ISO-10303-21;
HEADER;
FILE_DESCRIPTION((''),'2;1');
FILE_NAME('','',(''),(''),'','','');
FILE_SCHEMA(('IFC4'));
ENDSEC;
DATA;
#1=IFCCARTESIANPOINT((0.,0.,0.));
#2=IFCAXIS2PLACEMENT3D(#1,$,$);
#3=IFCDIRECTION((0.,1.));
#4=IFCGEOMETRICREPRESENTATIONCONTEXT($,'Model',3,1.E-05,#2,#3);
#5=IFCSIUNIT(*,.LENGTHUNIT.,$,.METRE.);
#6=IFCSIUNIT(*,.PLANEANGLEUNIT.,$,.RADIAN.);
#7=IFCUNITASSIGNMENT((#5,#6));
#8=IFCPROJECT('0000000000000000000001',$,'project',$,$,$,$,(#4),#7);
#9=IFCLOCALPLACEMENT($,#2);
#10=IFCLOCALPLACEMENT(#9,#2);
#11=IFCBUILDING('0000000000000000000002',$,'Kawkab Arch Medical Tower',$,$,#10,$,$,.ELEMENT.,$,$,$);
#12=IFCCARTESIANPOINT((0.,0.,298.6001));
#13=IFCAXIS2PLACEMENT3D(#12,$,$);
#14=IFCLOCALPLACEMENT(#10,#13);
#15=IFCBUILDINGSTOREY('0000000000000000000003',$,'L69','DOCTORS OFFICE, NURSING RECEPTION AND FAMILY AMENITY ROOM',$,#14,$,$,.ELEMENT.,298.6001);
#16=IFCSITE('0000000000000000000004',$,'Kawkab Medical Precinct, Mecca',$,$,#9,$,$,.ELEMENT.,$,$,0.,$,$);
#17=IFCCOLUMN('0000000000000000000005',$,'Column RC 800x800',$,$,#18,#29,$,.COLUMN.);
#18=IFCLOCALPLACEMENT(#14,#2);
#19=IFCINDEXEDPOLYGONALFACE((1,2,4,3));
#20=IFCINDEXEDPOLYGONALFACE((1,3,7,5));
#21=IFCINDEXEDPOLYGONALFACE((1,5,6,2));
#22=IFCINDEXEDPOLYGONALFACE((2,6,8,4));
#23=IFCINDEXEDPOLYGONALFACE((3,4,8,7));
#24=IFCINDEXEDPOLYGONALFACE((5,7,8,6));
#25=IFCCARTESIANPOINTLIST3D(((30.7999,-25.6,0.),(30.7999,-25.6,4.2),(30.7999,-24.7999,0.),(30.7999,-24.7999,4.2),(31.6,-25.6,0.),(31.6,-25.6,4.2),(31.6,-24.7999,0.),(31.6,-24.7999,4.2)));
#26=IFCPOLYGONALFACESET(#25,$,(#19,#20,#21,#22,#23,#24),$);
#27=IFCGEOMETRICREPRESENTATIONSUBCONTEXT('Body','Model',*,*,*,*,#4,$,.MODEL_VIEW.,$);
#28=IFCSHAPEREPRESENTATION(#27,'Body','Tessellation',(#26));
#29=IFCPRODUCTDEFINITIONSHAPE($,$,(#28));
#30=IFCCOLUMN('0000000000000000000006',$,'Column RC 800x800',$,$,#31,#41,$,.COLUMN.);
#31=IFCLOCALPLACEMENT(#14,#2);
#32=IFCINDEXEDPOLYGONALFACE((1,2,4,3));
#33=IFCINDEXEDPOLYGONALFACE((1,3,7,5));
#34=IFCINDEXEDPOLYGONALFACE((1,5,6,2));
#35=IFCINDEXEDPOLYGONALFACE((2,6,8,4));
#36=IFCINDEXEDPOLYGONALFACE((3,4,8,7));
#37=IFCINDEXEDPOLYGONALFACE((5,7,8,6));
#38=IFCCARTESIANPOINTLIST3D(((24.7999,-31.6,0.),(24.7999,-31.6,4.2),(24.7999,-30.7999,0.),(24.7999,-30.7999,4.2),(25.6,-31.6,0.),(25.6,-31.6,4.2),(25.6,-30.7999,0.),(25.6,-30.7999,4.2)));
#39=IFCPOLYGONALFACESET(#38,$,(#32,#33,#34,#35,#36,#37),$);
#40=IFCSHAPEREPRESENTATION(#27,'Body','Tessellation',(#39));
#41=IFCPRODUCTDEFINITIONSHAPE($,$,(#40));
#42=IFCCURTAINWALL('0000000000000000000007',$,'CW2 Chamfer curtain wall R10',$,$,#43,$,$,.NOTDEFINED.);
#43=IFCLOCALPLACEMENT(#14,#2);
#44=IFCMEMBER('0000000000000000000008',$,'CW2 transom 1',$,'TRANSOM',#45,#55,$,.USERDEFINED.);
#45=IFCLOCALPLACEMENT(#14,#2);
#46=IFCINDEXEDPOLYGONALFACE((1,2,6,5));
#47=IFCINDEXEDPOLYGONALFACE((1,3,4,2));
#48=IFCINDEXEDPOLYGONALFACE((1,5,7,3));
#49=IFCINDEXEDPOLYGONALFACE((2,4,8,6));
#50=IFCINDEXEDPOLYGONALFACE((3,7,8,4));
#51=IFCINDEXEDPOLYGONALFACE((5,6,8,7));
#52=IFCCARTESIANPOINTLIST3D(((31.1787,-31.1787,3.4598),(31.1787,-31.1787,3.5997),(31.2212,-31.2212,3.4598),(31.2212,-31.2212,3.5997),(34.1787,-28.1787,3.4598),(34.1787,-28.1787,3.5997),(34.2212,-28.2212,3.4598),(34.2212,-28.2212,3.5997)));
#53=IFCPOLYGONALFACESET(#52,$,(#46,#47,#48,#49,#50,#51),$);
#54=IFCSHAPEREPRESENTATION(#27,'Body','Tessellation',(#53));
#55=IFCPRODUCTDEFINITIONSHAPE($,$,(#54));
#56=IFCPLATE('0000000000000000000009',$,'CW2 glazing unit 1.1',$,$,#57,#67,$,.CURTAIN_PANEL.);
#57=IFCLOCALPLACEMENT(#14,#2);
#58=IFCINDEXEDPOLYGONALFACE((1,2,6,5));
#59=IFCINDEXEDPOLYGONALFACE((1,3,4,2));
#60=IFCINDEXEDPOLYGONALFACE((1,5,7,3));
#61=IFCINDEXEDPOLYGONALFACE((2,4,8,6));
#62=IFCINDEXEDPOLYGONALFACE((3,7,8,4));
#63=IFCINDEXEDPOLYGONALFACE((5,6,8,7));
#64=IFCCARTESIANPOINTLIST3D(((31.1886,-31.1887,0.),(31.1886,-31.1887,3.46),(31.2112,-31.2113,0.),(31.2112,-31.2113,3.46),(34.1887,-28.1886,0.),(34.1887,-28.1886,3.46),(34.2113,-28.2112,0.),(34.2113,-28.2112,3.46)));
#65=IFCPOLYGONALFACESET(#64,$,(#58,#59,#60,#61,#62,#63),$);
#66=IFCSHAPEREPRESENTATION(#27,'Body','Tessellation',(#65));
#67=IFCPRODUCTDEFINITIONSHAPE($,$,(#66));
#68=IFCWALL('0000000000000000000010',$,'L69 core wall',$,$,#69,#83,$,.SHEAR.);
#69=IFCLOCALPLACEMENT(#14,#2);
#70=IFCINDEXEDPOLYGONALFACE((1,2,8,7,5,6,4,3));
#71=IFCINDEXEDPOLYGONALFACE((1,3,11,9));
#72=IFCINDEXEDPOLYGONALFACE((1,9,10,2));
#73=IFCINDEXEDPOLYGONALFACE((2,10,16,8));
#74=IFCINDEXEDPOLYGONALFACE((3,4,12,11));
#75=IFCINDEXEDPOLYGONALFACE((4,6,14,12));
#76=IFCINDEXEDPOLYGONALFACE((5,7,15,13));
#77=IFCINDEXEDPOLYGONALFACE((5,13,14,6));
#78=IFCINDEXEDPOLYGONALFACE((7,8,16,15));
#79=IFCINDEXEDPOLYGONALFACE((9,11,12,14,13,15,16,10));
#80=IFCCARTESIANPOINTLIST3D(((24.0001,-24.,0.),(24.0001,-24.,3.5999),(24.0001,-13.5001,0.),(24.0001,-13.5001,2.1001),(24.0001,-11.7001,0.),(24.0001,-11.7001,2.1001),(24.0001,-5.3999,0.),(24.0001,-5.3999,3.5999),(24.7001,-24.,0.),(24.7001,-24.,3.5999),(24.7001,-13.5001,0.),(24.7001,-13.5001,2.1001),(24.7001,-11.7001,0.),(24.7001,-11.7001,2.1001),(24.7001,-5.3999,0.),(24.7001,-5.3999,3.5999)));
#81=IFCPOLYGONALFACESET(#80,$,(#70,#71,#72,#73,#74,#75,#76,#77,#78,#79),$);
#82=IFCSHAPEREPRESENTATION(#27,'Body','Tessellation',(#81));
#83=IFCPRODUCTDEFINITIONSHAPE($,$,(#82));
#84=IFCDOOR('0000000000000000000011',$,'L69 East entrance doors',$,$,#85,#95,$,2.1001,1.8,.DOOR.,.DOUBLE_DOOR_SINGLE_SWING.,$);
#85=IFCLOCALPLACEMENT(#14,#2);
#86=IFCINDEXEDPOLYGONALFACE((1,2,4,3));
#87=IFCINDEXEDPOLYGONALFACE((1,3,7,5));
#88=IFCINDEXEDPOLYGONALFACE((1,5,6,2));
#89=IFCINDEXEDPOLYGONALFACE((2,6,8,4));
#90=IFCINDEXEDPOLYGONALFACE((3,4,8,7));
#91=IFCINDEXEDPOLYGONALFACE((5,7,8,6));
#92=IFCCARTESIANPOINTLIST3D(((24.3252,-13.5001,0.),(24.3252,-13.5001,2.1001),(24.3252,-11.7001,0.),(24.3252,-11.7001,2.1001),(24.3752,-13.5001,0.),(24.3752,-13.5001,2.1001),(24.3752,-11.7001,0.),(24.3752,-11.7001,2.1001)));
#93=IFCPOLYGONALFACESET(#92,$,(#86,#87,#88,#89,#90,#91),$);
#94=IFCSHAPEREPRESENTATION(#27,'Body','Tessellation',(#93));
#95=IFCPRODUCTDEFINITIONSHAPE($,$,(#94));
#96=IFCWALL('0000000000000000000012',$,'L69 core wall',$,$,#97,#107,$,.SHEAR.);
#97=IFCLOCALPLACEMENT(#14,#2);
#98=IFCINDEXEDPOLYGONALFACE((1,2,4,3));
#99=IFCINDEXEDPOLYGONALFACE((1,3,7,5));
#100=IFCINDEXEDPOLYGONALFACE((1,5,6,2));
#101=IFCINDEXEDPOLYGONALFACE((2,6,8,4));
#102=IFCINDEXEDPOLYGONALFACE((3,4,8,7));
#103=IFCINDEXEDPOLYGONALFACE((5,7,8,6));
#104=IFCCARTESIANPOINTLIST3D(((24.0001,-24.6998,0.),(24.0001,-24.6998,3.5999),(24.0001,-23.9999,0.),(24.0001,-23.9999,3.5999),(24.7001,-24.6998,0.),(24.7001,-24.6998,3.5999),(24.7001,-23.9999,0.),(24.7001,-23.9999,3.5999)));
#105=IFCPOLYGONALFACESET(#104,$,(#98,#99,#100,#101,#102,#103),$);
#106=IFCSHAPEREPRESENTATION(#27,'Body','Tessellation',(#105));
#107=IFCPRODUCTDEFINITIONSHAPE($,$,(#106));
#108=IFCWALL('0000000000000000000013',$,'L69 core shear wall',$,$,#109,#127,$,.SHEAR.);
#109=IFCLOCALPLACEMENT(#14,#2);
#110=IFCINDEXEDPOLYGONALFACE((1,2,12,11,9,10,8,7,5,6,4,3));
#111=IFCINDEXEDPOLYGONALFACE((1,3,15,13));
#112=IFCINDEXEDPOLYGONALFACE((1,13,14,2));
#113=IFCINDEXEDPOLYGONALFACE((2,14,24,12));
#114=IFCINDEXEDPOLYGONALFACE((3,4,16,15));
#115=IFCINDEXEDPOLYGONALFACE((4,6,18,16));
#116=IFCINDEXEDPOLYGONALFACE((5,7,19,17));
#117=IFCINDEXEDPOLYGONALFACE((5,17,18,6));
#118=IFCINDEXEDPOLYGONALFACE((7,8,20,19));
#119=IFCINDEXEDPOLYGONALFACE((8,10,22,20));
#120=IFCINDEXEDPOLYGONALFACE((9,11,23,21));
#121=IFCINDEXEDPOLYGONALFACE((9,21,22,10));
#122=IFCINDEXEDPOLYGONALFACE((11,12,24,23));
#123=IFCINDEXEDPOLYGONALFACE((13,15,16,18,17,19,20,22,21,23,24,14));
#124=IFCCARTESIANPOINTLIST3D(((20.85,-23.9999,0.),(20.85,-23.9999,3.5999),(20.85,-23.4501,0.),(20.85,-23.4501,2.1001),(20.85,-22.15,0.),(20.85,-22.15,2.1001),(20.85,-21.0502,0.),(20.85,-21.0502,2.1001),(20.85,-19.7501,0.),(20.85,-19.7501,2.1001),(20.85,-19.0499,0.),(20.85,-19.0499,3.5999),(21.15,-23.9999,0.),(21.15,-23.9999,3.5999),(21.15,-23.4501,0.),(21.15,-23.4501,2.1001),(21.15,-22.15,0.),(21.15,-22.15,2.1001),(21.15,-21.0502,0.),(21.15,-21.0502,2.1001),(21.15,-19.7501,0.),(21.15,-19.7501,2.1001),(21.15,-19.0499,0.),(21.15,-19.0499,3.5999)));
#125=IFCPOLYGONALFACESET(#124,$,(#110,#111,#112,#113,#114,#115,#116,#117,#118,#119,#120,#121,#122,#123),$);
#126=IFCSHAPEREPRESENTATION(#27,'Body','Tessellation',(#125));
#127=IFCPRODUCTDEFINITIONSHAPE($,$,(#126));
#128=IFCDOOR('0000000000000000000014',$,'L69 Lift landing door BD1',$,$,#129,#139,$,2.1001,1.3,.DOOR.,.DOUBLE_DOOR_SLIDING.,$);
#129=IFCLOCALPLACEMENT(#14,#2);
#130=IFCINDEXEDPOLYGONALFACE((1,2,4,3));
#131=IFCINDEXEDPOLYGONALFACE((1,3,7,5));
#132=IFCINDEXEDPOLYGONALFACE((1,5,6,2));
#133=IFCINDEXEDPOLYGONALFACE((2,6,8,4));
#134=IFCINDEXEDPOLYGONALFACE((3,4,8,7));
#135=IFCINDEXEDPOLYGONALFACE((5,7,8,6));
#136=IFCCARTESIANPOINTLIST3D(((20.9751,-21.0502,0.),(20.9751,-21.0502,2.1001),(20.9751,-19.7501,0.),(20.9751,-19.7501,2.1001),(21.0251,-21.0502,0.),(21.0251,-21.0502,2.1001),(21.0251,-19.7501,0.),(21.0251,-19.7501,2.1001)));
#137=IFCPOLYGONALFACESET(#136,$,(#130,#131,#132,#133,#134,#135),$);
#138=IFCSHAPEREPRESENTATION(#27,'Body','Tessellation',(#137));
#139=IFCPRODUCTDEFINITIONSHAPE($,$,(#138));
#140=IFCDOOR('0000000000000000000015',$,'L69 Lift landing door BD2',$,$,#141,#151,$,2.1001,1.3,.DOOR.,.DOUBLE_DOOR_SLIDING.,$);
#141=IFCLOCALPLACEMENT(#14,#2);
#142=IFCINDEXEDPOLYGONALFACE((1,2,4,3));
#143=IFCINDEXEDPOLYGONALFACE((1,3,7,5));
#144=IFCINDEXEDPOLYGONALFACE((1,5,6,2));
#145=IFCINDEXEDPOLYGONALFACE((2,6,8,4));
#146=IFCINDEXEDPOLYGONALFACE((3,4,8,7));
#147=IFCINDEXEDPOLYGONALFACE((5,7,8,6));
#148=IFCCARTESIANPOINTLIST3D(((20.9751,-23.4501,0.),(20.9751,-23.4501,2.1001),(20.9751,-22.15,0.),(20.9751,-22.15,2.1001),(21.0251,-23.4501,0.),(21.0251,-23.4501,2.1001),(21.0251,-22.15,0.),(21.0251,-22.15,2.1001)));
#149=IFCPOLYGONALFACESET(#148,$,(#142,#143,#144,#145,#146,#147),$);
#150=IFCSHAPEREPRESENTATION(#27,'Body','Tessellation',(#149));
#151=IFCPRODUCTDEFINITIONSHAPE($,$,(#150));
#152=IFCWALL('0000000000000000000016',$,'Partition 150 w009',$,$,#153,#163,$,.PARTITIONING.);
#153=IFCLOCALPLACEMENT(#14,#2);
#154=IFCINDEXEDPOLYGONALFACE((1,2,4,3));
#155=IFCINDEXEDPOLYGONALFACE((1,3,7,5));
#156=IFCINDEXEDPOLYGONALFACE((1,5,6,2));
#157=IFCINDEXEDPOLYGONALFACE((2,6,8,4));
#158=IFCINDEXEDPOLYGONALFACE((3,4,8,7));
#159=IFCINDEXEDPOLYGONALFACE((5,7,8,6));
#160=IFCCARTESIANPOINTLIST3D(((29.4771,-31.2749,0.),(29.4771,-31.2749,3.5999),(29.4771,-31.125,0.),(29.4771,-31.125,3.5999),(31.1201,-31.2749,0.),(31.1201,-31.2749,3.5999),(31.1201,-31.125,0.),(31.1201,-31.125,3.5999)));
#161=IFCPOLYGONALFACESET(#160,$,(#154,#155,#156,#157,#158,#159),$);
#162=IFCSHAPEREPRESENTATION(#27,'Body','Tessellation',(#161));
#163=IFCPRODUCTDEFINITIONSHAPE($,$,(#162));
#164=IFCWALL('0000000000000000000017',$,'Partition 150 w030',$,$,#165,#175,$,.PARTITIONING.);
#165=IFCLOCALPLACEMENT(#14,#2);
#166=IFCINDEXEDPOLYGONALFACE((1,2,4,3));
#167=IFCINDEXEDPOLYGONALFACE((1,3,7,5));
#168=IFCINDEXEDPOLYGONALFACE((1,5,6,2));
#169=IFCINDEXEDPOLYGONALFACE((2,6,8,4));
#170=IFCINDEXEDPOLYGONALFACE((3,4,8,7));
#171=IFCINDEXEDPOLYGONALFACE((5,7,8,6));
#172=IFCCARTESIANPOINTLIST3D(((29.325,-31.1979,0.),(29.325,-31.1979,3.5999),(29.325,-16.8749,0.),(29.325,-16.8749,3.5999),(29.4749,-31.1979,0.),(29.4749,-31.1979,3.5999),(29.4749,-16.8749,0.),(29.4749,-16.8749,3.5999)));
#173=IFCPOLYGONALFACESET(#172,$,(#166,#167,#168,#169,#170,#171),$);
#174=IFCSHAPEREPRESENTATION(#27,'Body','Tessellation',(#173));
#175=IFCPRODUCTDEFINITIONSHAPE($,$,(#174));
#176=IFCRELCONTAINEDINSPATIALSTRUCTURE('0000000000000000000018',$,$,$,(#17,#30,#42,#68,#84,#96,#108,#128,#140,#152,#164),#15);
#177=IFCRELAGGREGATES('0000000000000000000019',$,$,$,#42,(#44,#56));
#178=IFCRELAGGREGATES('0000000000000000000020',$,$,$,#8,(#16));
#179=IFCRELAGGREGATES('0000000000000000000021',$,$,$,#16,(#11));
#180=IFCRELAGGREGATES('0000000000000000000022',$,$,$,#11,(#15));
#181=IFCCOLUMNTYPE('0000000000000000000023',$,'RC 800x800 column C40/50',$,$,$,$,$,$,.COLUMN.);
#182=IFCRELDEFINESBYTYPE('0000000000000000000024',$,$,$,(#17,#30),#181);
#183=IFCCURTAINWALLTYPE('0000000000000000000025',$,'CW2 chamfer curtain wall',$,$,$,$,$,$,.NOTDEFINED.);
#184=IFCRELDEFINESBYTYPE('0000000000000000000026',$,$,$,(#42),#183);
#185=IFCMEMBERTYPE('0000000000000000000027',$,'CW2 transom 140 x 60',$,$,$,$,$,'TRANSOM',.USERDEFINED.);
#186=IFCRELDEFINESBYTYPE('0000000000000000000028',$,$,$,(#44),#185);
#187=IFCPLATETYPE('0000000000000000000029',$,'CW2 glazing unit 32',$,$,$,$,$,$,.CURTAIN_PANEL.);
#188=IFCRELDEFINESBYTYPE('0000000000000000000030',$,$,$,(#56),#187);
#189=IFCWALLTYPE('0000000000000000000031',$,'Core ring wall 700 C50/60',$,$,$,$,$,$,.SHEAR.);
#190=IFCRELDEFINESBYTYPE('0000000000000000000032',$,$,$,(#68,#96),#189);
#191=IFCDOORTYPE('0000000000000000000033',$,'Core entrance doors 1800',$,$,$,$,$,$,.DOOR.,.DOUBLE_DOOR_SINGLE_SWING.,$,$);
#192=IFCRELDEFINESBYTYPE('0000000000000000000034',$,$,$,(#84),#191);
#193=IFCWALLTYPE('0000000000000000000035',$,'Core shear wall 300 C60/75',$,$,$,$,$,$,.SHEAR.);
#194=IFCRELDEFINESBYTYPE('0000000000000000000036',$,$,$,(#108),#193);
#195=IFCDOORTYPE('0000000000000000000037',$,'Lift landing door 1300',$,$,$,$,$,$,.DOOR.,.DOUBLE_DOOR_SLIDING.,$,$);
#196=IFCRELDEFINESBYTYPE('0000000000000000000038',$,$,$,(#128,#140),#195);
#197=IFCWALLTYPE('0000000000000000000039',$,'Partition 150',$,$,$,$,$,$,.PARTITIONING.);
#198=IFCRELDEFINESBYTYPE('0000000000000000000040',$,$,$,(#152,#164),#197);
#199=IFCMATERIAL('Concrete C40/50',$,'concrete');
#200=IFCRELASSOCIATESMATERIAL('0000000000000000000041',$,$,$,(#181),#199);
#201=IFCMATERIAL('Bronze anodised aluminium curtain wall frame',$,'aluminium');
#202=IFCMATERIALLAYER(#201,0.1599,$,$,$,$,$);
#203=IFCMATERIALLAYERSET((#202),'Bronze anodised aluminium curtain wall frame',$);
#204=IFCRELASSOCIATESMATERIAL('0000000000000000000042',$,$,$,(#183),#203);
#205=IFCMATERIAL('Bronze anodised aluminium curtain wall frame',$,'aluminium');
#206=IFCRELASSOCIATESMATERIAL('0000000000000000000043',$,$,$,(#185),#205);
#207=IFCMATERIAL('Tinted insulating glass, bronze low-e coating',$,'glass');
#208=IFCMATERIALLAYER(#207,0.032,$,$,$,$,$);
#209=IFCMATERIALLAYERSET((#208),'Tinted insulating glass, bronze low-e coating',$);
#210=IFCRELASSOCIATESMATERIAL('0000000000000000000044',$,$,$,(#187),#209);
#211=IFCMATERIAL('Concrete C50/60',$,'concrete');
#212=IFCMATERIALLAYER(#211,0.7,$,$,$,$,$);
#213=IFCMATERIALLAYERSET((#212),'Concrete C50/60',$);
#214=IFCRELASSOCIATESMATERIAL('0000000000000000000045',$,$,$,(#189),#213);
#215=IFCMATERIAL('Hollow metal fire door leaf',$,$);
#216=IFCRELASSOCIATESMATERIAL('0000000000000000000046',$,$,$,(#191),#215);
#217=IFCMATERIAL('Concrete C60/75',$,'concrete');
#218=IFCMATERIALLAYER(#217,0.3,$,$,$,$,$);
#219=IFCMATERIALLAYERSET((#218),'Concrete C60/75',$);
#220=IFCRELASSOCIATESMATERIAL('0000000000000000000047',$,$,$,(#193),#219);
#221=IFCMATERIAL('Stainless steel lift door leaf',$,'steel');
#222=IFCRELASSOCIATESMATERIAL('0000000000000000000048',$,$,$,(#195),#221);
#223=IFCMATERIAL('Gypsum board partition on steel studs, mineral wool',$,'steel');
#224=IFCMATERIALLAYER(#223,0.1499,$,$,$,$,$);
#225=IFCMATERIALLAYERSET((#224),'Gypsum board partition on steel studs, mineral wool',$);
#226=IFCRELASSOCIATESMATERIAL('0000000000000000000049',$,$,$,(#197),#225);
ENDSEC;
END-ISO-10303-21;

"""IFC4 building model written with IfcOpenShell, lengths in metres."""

from ifc_helpers import new_model, si_unit, direction, frame, frame_2d, origin, origin_2d, place, context, subcontext, project, spatial, rectangle, extrude, material, layer, layer_set, material_profile, profile_set, type_object, element, fill, aggregate, save


model = new_model("IFC4")

# Units and contexts
model_context = context("Model", 3, precision=1e-05, world=origin(), true_north=direction((0.0, 1.0)))
body_context = subcontext(model_context, "Body", "Model", "MODEL_VIEW")
ifc_project = project(units=[si_unit("LENGTHUNIT", "METRE"), si_unit("PLANEANGLEUNIT", "RADIAN")], contexts=[model_context])

# Site, building, storey
site_placement = place(None, origin())
site = spatial("IfcSite", under=ifc_project, at=site_placement, Name="Kawkab Medical Precinct, Mecca", CompositionType="ELEMENT", RefElevation=0.0)
building_placement = place(site_placement, origin())
building = spatial("IfcBuilding", under=site, at=building_placement, Name="Kawkab Arch Medical Tower", CompositionType="ELEMENT")
storey_placement = place(building_placement, frame((0.0, 0.0, 298.6001)))
storey = spatial("IfcBuildingStorey", under=building, at=storey_placement, Name="L69", Description="DOCTORS OFFICE, NURSING RECEPTION AND FAMILY AMENITY ROOM", CompositionType="ELEMENT", Elevation=298.6001)

# Columns
ifc_material_1 = material(Name="Concrete C40/50", Category="concrete")
ifc_material_profile_1 = material_profile(ifc_material_1, rectangle(XDim=0.8, YDim=0.8, at=origin_2d()), Name="RC 800x800")
ifc_profile_set_1 = profile_set([ifc_material_profile_1], Name="Concrete C40/50")
column_type = type_object("IfcColumnType", Name="RC 800x800 column C40/50", PredefinedType="COLUMN", material=ifc_profile_set_1)
for number, where, z_axis, x_axis, name in (
    (1, (31.2, -25.2, 0.0), (0.0, 0.0, 1.0), (1.0, 0.0, 0.0), "Column RC 800x800"),
    (2, (25.2, -31.2, 0.0), (0.0, 0.0, 1.0), (1.0, 0.0, 0.0), "Column RC 800x800"),
):
    element("IfcColumn", number, at=place(storey_placement, frame(where, z_axis=z_axis, x_axis=x_axis)), inside=storey, type_object=column_type, Name=name, PredefinedType="COLUMN", context=body_context, shape_type="SweptSolid", body=[
        extrude(rectangle(XDim=0.8, YDim=0.8, at=origin_2d()), origin(), (0.0, 0.0, 1.0), 4.2),
    ])

# Curtain wall, member, plate
ifc_material_2 = material(Name="Bronze anodised aluminium curtain wall frame", Category="aluminium")
ifc_layer_1 = layer(ifc_material_2, 0.1599)
ifc_layer_set_1 = layer_set([ifc_layer_1], Name="Bronze anodised aluminium curtain wall frame")
curtain_wall_type = type_object("IfcCurtainWallType", Name="CW2 chamfer curtain wall", PredefinedType="NOTDEFINED", material=ifc_layer_set_1)
curtain_wall_placement = place(storey_placement, origin())
curtain_wall = element("IfcCurtainWall", 3, at=curtain_wall_placement, inside=storey, type_object=curtain_wall_type, Name="CW2 Chamfer curtain wall R10", PredefinedType="NOTDEFINED")
ifc_material_3 = material(Name="Bronze anodised aluminium curtain wall frame", Category="aluminium")
ifc_material_profile_2 = material_profile(ifc_material_3, rectangle(XDim=0.0601, YDim=0.1399, at=origin_2d()), Name="AL 60x140")
ifc_profile_set_2 = profile_set([ifc_material_profile_2], Name="Bronze anodised aluminium curtain wall frame")
member_type = type_object("IfcMemberType", Name="CW2 transom 140 x 60", ElementType="TRANSOM", PredefinedType="USERDEFINED", material=ifc_profile_set_2)
member_placement = place(storey_placement, frame((31.2, -31.2, 3.5298), z_axis=(0.707107, 0.707107, 0.0), x_axis=(-0.707107, 0.707107, 0.0)))
member = element("IfcMember", 4, at=member_placement, type_object=member_type, Name="CW2 transom 1", ObjectType="TRANSOM", PredefinedType="USERDEFINED", context=body_context, shape_type="SweptSolid", body=[
    extrude(rectangle(XDim=0.0601, YDim=0.1399, at=origin_2d()), origin(), (0.0, 0.0, 1.0), 4.2427),
])
ifc_material_4 = material(Name="Tinted insulating glass, bronze low-e coating", Category="glass")
ifc_layer_2 = layer(ifc_material_4, 0.032)
ifc_layer_set_2 = layer_set([ifc_layer_2], Name="Tinted insulating glass, bronze low-e coating")
plate_type = type_object("IfcPlateType", Name="CW2 glazing unit 32", PredefinedType="CURTAIN_PANEL", material=ifc_layer_set_2)
plate_placement = place(storey_placement, frame((32.7, -29.7, 0.0), z_axis=(0.0, 0.0, 1.0), x_axis=(0.707107, 0.707107, 0.0)))
plate = element("IfcPlate", 5, at=plate_placement, type_object=plate_type, Name="CW2 glazing unit 1.1", PredefinedType="CURTAIN_PANEL", context=body_context, shape_type="SweptSolid", body=[
    extrude(rectangle(XDim=4.2427, YDim=0.032, at=origin_2d()), origin(), (0.0, 0.0, 1.0), 3.46),
])
aggregate(curtain_wall, [member, plate])

# Wall, opening, door
ifc_material_5 = material(Name="Concrete C50/60", Category="concrete")
ifc_layer_3 = layer(ifc_material_5, 0.7)
ifc_layer_set_3 = layer_set([ifc_layer_3], Name="Concrete C50/60")
wall_type_1 = type_object("IfcWallType", Name="Core ring wall 700 C50/60", PredefinedType="SHEAR", material=ifc_layer_set_3)
wall_1_placement = place(storey_placement, frame((24.3501, -24.0, 0.0), z_axis=(0.0, 0.0, 1.0), x_axis=(0.0, 1.0, 0.0)))
wall_1 = element("IfcWall", 6, at=wall_1_placement, inside=storey, type_object=wall_type_1, Name="L69 core wall", PredefinedType="SHEAR", context=body_context, shape_type="SweptSolid", body=[
    extrude(rectangle(XDim=18.6001, YDim=0.7, at=frame_2d((9.3, 0.0))), origin(), (0.0, 0.0, 1.0), 3.5999),
])
opening_1_placement = place(wall_1_placement, frame((10.5, 0.0, 0.0)))
opening_1 = element("IfcOpeningElement", 7, at=opening_1_placement, cuts=wall_1, PredefinedType="OPENING", context=body_context, shape_type="SweptSolid", body=[
    extrude(rectangle(XDim=1.8, YDim=2.1001, at=frame_2d((0.8999, 1.05))), frame((0.0, 0.3599, 0.0), z_axis=(0.0, -1.0, 0.0), x_axis=(1.0, 0.0, 0.0)), (0.0, 0.0, 1.0), 0.72),
])
ifc_material_6 = material(Name="Hollow metal fire door leaf")
door_type_1 = type_object("IfcDoorType", Name="Core entrance doors 1800", OperationType="DOUBLE_DOOR_SINGLE_SWING", PredefinedType="DOOR", material=ifc_material_6)
door_1_placement = place(opening_1_placement, origin())
door_1 = element("IfcDoor", 8, at=door_1_placement, inside=storey, type_object=door_type_1, Name="L69 East entrance doors", OperationType="DOUBLE_DOOR_SINGLE_SWING", OverallHeight=2.1001, OverallWidth=1.8, PredefinedType="DOOR", context=body_context, shape_type="SweptSolid", body=[
    extrude(rectangle(XDim=1.8, YDim=2.1001, at=frame_2d((0.8999, 1.05))), frame((0.0, 0.0249, 0.0), z_axis=(0.0, -1.0, 0.0), x_axis=(1.0, 0.0, 0.0)), (0.0, 0.0, 1.0), 0.05),
])
fill(opening_1, door_1)

# Wall
wall_2_placement = place(storey_placement, frame((24.3501, -24.7, 0.0), z_axis=(0.0, 0.0, 1.0), x_axis=(0.0, 1.0, 0.0)))
element("IfcWall", 9, at=wall_2_placement, inside=storey, type_object=wall_type_1, Name="L69 core wall", PredefinedType="SHEAR", context=body_context, shape_type="SweptSolid", body=[
    extrude(rectangle(XDim=0.7, YDim=0.7, at=frame_2d((0.3501, 0.0))), origin(), (0.0, 0.0, 1.0), 3.5999),
])

# Wall, openings, doors
ifc_material_7 = material(Name="Concrete C60/75", Category="concrete")
ifc_layer_4 = layer(ifc_material_7, 0.3)
ifc_layer_set_4 = layer_set([ifc_layer_4], Name="Concrete C60/75")
wall_type_2 = type_object("IfcWallType", Name="Core shear wall 300 C60/75", PredefinedType="SHEAR", material=ifc_layer_set_4)
wall_3_placement = place(storey_placement, frame((21.0, -24.0, 0.0), z_axis=(0.0, 0.0, 1.0), x_axis=(0.0, 1.0, 0.0)))
wall_3 = element("IfcWall", 10, at=wall_3_placement, inside=storey, type_object=wall_type_2, Name="L69 core shear wall", PredefinedType="SHEAR", context=body_context, shape_type="SweptSolid", body=[
    extrude(rectangle(XDim=4.95, YDim=0.3, at=frame_2d((2.4751, 0.0))), origin(), (0.0, 0.0, 1.0), 3.5999),
])
opening_2_placement = place(wall_3_placement, frame((2.95, 0.0, 0.0)))
opening_2 = element("IfcOpeningElement", 11, at=opening_2_placement, cuts=wall_3, PredefinedType="OPENING", context=body_context, shape_type="SweptSolid", body=[
    extrude(rectangle(XDim=1.3, YDim=2.1001, at=frame_2d((0.6499, 1.05))), frame((0.0, 0.1599, 0.0), z_axis=(0.0, -1.0, 0.0), x_axis=(1.0, 0.0, 0.0)), (0.0, 0.0, 1.0), 0.3201),
])
opening_3_placement = place(wall_3_placement, frame((0.55, 0.0, 0.0)))
opening_3 = element("IfcOpeningElement", 12, at=opening_3_placement, cuts=wall_3, PredefinedType="OPENING", context=body_context, shape_type="SweptSolid", body=[
    extrude(rectangle(XDim=1.3, YDim=2.1001, at=frame_2d((0.6499, 1.05))), frame((0.0, 0.1599, 0.0), z_axis=(0.0, -1.0, 0.0), x_axis=(1.0, 0.0, 0.0)), (0.0, 0.0, 1.0), 0.3201),
])
ifc_material_8 = material(Name="Stainless steel lift door leaf", Category="steel")
door_type_2 = type_object("IfcDoorType", Name="Lift landing door 1300", OperationType="DOUBLE_DOOR_SLIDING", PredefinedType="DOOR", material=ifc_material_8)
door_2_placement = place(opening_2_placement, origin())
door_2 = element("IfcDoor", 13, at=door_2_placement, inside=storey, type_object=door_type_2, Name="L69 Lift landing door BD1", OperationType="DOUBLE_DOOR_SLIDING", OverallHeight=2.1001, OverallWidth=1.3, PredefinedType="DOOR", context=body_context, shape_type="SweptSolid", body=[
    extrude(rectangle(XDim=1.3, YDim=2.1001, at=frame_2d((0.6499, 1.05))), frame((0.0, 0.0249, 0.0), z_axis=(0.0, -1.0, 0.0), x_axis=(1.0, 0.0, 0.0)), (0.0, 0.0, 1.0), 0.05),
])
fill(opening_2, door_2)
door_3_placement = place(opening_3_placement, origin())
door_3 = element("IfcDoor", 14, at=door_3_placement, inside=storey, type_object=door_type_2, Name="L69 Lift landing door BD2", OperationType="DOUBLE_DOOR_SLIDING", OverallHeight=2.1001, OverallWidth=1.3, PredefinedType="DOOR", context=body_context, shape_type="SweptSolid", body=[
    extrude(rectangle(XDim=1.3, YDim=2.1001, at=frame_2d((0.6499, 1.05))), frame((0.0, 0.0249, 0.0), z_axis=(0.0, -1.0, 0.0), x_axis=(1.0, 0.0, 0.0)), (0.0, 0.0, 1.0), 0.05),
])
fill(opening_3, door_3)

# Walls
ifc_material_9 = material(Name="Gypsum board partition on steel studs, mineral wool", Category="steel")
ifc_layer_5 = layer(ifc_material_9, 0.1499)
ifc_layer_set_5 = layer_set([ifc_layer_5], Name="Gypsum board partition on steel studs, mineral wool")
wall_type_3 = type_object("IfcWallType", Name="Partition 150", PredefinedType="PARTITIONING", material=ifc_layer_set_5)
wall_4_placement = place(storey_placement, frame((29.4771, -31.2, 0.0), z_axis=(0.0, 0.0, 1.0), x_axis=(1.0, 0.0, 0.0)))
element("IfcWall", 15, at=wall_4_placement, inside=storey, type_object=wall_type_3, Name="Partition 150 w009", PredefinedType="PARTITIONING", context=body_context, shape_type="SweptSolid", body=[
    extrude(rectangle(XDim=1.6431, YDim=0.1499, at=frame_2d((0.8215, 0.0))), origin(), (0.0, 0.0, 1.0), 3.5999),
])
wall_5_placement = place(storey_placement, frame((29.3999, -31.198, 0.0), z_axis=(0.0, 0.0, 1.0), x_axis=(0.0, 1.0, 0.0)))
element("IfcWall", 16, at=wall_5_placement, inside=storey, type_object=wall_type_3, Name="Partition 150 w030", PredefinedType="PARTITIONING", context=body_context, shape_type="SweptSolid", body=[
    extrude(rectangle(XDim=14.323, YDim=0.1499, at=frame_2d((7.1616, 0.0))), origin(), (0.0, 0.0, 1.0), 3.5999),
])

save(model, "model.ifc")
